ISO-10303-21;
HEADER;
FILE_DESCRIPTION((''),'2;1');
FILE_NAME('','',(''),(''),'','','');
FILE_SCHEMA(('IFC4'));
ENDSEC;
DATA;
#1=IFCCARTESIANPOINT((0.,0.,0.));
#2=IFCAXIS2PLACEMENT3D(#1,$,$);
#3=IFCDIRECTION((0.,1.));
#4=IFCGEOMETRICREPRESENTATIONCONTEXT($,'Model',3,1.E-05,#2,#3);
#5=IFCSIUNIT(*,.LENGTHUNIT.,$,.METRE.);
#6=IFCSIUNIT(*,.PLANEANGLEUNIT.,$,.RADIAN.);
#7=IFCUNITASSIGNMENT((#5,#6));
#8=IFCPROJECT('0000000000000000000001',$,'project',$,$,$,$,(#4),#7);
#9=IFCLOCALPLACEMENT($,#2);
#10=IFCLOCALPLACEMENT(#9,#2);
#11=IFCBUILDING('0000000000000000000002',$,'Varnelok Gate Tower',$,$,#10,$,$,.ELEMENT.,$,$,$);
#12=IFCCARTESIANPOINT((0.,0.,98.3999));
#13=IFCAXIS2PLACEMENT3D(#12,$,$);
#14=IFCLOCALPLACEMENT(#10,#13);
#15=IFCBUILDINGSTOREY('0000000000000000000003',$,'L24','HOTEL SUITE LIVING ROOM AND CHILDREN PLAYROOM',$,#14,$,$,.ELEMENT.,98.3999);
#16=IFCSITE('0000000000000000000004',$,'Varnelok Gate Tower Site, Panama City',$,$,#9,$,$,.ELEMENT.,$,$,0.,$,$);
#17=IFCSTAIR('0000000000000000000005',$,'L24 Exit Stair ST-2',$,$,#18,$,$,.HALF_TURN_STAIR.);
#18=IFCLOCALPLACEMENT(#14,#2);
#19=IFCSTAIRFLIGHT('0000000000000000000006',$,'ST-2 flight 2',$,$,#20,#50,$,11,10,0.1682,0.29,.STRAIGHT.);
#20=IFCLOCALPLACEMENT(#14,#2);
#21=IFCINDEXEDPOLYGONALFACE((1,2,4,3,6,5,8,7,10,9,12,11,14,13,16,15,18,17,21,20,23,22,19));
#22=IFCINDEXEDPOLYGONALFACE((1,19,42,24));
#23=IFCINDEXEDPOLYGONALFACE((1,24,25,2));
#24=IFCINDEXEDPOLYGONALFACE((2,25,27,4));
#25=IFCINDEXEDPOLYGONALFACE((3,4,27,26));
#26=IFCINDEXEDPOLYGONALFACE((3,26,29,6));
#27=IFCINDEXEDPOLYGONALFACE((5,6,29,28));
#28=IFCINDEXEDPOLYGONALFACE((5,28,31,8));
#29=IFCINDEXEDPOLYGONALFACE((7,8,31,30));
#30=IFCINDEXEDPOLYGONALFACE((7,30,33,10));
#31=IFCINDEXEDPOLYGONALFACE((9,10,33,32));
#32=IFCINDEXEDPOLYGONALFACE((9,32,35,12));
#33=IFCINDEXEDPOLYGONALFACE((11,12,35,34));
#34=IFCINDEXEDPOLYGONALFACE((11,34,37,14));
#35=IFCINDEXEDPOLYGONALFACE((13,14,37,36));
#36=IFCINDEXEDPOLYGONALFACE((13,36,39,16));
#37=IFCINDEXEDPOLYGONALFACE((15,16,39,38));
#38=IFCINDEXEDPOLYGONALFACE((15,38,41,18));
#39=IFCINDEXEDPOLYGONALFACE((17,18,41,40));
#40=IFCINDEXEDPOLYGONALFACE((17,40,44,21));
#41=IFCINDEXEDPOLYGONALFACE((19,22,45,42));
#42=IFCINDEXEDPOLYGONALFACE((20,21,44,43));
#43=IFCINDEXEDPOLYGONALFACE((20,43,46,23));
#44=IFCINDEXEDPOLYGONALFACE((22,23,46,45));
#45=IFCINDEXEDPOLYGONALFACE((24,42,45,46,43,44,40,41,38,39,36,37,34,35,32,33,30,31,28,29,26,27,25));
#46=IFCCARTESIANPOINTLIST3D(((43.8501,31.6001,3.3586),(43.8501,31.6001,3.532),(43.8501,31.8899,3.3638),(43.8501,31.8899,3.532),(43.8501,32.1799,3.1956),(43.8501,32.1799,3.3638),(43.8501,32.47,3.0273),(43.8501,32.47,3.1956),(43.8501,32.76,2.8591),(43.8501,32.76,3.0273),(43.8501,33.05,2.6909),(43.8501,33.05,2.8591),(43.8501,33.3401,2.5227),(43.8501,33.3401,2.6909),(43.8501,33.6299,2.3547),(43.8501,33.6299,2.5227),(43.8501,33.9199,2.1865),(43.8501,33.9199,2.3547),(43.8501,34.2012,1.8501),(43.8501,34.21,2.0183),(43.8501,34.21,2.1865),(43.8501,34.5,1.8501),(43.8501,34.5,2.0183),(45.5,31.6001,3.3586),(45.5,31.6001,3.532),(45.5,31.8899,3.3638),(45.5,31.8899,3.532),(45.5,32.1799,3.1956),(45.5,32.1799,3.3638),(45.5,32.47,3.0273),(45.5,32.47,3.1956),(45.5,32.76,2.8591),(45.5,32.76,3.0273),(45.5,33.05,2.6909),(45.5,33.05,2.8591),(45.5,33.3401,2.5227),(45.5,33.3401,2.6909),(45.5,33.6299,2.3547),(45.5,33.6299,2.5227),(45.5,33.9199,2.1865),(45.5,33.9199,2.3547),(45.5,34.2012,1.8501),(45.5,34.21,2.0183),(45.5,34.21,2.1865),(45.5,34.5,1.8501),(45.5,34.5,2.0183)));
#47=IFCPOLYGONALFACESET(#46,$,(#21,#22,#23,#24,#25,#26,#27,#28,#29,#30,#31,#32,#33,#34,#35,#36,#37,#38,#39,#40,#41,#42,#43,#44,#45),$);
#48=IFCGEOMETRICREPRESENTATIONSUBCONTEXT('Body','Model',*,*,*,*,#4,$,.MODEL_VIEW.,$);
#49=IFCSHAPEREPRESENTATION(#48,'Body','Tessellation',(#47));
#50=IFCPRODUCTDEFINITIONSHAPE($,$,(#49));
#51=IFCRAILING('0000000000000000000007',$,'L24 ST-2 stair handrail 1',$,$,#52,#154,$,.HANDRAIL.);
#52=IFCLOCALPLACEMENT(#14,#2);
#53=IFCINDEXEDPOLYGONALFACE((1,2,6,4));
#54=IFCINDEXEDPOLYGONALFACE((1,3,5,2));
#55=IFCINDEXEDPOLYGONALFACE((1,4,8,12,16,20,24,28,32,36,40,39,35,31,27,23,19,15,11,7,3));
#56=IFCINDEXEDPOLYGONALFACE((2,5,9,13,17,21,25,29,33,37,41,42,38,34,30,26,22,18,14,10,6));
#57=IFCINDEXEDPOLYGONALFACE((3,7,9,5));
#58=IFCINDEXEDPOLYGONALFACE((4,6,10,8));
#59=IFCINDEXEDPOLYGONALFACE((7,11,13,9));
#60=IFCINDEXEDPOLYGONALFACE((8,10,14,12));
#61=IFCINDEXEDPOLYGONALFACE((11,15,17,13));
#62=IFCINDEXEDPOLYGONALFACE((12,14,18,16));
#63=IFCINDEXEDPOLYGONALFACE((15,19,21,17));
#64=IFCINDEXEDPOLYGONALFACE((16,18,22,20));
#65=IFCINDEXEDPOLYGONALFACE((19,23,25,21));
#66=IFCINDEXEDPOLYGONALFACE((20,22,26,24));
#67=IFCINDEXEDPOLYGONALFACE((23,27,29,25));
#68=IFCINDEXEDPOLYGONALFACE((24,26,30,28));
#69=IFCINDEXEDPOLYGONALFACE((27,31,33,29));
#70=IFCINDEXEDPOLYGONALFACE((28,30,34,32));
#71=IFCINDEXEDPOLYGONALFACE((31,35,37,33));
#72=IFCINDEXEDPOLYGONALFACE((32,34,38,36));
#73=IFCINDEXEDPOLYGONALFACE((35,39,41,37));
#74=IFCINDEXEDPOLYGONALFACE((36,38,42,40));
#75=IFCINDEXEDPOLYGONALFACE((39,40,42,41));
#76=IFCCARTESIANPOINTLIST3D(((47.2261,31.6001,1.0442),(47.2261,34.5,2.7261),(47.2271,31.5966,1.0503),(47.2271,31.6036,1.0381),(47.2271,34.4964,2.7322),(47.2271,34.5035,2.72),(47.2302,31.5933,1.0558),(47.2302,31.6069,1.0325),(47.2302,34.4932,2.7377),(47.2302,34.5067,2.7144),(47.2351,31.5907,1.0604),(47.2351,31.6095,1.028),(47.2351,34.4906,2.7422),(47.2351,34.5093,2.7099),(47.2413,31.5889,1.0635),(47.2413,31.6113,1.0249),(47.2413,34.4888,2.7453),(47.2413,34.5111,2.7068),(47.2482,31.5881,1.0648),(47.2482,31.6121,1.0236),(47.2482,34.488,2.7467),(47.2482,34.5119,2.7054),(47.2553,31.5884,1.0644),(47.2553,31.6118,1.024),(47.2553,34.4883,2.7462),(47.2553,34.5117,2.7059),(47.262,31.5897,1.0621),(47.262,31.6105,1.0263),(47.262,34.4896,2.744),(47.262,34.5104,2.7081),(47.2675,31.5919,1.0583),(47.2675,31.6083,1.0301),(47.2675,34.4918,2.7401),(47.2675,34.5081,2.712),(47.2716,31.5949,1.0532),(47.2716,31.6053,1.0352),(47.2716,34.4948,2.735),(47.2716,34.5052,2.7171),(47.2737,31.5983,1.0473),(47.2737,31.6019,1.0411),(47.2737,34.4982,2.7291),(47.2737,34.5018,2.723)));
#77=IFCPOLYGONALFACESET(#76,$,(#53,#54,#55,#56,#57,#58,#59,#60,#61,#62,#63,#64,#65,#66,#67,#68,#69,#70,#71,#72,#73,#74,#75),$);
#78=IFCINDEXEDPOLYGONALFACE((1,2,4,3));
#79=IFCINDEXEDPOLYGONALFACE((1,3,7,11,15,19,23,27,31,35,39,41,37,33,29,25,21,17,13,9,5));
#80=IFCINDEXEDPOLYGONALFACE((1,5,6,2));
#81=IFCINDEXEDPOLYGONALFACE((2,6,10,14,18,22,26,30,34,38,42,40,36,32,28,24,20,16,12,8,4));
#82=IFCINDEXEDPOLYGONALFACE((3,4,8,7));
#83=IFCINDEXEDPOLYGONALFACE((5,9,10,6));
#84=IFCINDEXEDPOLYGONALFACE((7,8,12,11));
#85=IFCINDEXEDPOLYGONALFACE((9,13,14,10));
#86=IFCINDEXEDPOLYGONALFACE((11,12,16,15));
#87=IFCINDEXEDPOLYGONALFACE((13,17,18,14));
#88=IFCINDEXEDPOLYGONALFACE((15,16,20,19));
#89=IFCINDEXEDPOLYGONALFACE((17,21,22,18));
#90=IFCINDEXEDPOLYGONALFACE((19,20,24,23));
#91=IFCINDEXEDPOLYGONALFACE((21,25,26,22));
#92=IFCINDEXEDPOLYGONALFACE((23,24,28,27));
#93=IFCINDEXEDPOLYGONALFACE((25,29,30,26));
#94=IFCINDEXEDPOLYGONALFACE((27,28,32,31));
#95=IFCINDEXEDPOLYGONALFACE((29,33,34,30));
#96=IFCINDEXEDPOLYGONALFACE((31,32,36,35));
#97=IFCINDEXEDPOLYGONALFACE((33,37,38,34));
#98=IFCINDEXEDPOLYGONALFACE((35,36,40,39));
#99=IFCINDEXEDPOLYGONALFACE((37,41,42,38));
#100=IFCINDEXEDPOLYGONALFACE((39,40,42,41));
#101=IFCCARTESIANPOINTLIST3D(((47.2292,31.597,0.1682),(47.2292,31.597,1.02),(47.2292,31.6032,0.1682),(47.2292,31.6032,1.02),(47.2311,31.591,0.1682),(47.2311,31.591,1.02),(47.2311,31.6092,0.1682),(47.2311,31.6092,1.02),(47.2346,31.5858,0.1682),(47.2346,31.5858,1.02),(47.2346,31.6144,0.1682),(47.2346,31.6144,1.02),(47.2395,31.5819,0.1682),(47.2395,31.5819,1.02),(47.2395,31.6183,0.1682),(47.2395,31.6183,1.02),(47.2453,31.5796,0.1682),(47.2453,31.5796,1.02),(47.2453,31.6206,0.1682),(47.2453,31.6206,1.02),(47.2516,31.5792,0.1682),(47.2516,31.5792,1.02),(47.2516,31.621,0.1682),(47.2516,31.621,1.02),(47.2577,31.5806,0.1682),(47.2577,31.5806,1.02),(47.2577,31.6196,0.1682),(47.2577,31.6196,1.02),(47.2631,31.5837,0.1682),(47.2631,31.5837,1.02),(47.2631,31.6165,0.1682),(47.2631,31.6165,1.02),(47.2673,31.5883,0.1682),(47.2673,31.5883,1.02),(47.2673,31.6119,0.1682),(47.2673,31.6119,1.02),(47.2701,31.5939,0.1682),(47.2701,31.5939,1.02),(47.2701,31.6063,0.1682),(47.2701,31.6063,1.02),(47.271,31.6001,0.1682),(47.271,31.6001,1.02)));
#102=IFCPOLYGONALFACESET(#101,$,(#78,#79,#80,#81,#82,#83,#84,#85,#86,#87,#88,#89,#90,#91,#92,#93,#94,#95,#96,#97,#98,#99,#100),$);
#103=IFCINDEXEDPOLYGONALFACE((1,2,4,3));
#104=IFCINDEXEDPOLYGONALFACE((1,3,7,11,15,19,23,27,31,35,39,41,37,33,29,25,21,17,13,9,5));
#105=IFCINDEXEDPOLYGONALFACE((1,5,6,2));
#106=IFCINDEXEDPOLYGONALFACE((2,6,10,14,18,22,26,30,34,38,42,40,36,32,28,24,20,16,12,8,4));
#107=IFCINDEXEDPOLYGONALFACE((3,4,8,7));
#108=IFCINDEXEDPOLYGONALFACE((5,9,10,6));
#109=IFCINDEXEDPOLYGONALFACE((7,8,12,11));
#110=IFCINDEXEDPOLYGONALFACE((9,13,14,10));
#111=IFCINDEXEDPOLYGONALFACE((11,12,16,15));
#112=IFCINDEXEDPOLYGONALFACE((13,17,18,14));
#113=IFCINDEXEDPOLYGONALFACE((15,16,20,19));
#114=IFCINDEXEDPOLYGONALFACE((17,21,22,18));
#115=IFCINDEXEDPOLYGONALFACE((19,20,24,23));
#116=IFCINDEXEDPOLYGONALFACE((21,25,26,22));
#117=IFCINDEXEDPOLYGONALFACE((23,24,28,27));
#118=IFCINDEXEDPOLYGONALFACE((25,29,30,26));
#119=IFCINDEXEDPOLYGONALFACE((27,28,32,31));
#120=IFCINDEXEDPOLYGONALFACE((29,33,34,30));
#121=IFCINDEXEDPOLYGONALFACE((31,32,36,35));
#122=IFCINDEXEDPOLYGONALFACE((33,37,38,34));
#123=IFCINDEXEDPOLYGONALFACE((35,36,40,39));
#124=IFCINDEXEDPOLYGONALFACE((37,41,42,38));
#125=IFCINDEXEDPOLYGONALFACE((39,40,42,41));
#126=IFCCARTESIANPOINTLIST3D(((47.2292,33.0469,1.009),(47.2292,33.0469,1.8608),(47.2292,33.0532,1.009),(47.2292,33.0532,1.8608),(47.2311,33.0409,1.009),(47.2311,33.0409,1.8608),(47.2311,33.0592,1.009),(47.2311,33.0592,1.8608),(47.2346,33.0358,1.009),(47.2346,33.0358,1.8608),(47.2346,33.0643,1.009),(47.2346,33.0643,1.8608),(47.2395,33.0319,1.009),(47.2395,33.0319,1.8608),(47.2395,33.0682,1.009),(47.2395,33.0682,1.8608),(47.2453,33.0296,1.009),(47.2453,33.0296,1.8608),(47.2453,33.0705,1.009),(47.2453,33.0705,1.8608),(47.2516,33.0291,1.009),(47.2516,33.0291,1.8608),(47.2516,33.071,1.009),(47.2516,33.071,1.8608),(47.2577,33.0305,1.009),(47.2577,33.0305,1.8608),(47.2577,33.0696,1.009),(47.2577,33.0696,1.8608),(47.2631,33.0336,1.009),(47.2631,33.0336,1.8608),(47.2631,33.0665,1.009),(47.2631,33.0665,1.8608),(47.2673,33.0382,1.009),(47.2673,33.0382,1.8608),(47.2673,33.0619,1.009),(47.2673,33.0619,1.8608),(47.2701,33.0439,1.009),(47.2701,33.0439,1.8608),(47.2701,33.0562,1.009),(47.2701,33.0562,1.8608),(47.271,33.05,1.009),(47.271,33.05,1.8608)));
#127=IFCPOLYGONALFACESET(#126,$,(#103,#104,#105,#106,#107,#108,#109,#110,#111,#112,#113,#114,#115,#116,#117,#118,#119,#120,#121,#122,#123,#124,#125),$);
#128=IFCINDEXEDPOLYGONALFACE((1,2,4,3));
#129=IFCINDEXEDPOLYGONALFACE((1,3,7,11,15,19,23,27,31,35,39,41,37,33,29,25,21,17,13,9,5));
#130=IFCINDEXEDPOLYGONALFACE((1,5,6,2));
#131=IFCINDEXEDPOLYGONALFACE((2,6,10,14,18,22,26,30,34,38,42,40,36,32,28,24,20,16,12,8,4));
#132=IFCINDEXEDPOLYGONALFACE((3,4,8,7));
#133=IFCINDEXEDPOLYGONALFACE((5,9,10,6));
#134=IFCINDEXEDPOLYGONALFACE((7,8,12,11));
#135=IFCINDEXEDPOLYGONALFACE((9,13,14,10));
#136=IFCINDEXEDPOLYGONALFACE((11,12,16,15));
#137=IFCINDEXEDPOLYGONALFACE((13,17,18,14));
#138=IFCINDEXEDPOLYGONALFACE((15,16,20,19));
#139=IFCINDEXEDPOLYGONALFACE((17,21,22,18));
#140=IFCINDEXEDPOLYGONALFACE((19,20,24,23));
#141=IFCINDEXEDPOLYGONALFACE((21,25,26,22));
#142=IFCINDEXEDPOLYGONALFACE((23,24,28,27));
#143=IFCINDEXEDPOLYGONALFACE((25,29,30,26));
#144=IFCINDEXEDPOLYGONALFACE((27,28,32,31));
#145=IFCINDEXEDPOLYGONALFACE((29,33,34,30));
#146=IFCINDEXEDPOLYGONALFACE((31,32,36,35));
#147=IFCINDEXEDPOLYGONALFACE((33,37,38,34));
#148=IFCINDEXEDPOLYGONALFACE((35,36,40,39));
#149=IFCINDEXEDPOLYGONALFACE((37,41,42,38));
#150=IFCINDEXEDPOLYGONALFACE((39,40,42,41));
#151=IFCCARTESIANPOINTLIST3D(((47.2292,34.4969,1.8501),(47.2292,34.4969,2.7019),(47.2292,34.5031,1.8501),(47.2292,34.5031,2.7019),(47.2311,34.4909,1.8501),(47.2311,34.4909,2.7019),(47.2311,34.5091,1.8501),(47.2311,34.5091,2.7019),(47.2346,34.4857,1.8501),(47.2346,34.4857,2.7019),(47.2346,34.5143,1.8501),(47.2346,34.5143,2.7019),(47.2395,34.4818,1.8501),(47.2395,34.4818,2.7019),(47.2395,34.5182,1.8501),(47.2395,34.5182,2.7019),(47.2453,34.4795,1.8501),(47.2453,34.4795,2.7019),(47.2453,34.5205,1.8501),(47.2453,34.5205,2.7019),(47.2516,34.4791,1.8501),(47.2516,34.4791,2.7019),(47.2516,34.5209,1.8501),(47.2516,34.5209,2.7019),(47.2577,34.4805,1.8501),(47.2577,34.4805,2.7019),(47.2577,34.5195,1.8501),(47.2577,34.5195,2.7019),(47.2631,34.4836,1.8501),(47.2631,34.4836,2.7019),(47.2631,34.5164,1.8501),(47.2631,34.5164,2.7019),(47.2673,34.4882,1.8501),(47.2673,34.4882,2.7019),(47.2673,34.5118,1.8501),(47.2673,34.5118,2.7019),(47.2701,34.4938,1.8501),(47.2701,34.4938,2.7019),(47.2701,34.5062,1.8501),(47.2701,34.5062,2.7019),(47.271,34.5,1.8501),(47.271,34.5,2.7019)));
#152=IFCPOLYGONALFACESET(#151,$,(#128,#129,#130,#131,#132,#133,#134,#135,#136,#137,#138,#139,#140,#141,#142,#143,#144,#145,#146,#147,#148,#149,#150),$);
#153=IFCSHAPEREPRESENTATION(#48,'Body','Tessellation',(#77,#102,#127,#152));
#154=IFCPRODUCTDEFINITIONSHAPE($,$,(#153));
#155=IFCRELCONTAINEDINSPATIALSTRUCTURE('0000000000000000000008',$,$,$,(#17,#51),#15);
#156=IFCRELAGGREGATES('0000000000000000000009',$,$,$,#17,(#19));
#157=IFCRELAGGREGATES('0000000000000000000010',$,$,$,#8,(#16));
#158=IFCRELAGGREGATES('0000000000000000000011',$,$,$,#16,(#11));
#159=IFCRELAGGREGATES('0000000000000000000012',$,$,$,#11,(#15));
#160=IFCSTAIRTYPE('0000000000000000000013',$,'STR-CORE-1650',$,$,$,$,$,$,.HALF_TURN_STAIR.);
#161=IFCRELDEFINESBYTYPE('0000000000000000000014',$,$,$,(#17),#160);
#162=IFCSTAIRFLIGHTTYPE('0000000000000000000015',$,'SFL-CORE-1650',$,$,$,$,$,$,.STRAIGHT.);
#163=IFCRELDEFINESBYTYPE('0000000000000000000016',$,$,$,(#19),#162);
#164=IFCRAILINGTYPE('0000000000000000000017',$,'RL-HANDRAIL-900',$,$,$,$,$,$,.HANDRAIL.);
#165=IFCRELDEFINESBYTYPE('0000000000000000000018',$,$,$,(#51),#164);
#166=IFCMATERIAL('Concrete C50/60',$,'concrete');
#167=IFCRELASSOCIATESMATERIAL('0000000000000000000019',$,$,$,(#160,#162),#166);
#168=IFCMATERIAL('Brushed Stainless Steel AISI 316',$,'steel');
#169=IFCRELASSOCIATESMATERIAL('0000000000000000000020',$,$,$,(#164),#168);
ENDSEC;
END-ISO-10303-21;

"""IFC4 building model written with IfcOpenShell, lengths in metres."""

from ifc_helpers import new_model, si_unit, direction, frame, origin, origin_2d, place, context, subcontext, project, spatial, polyline, circle, outline, extrude, material, type_object, element, aggregate, save


model = new_model("IFC4")

# Units and contexts
model_context = context("Model", 3, precision=1e-05, world=origin(), true_north=direction((0.0, 1.0)))
body_context = subcontext(model_context, "Body", "Model", "MODEL_VIEW")
ifc_project = project(units=[si_unit("LENGTHUNIT", "METRE"), si_unit("PLANEANGLEUNIT", "RADIAN")], contexts=[model_context])

# Site, building, storey
site_placement = place(None, origin())
site = spatial("IfcSite", under=ifc_project, at=site_placement, Name="Varnelok Gate Tower Site, Panama City", CompositionType="ELEMENT", RefElevation=0.0)
building_placement = place(site_placement, origin())
building = spatial("IfcBuilding", under=site, at=building_placement, Name="Varnelok Gate Tower", CompositionType="ELEMENT")
storey_placement = place(building_placement, frame((0.0, 0.0, 98.3999)))
storey = spatial("IfcBuildingStorey", under=building, at=storey_placement, Name="L24", Description="HOTEL SUITE LIVING ROOM AND CHILDREN PLAYROOM", CompositionType="ELEMENT", Elevation=98.3999)

# Stair, stair flight
ifc_material_1 = material(Name="Concrete C50/60", Category="concrete")
stair_type = type_object("IfcStairType", Name="STR-CORE-1650", PredefinedType="HALF_TURN_STAIR", material=ifc_material_1)
stair_placement = place(storey_placement, origin())
stair = element("IfcStair", 1, at=stair_placement, inside=storey, type_object=stair_type, Name="L24 Exit Stair ST-2", PredefinedType="HALF_TURN_STAIR")
stair_flight_type = type_object("IfcStairFlightType", Name="SFL-CORE-1650", PredefinedType="STRAIGHT", material=ifc_material_1)
stair_flight_1_placement = place(storey_placement, frame((44.675, 34.5, 1.8501), z_axis=(0.0, 0.0, 1.0), x_axis=(0.0, -1.0, 0.0)))
stair_flight_1 = element("IfcStairFlight", 2, at=stair_flight_1_placement, type_object=stair_flight_type, Name="ST-2 flight 2", NumberOfRisers=11, NumberOfTreads=10, PredefinedType="STRAIGHT", RiserHeight=0.1682, TreadLength=0.29, context=body_context, shape_type="SweptSolid", body=[
    extrude(outline(polyline([(0.0, 0.0), (0.0, 0.1682), (0.29, 0.1682), (0.29, 0.3364), (0.5801, 0.3364), (0.5801, 0.5046), (0.8701, 0.5046), (0.8701, 0.6726), (1.1599, 0.6726), (1.1599, 0.8408), (1.45, 0.8408), (1.45, 1.009), (1.74, 1.009), (1.74, 1.1772), (2.03, 1.1772), (2.03, 1.3455), (2.3201, 1.3455), (2.3201, 1.5137), (2.6101, 1.5137), (2.6101, 1.6819), (2.8999, 1.6819), (2.8999, 1.8501), (2.8999, 1.5085), (0.2988, 0.0), (0.0, 0.0)])), frame((0.0, 0.825, 0.0), z_axis=(0.0, -1.0, 0.0), x_axis=(1.0, 0.0, 0.0)), (0.0, 0.0, 1.0), 1.6499),
])
aggregate(stair, [stair_flight_1])

# Railing
ifc_material_2 = material(Name="Brushed Stainless Steel AISI 316", Category="steel")
railing_type_1 = type_object("IfcRailingType", Name="RL-HANDRAIL-900", PredefinedType="HANDRAIL", material=ifc_material_2)
railing_1_placement = place(storey_placement, frame((47.25, 31.6001, 0.1682)))
element("IfcRailing", 3, at=railing_1_placement, inside=storey, type_object=railing_type_1, Name="L24 ST-2 stair handrail 1", PredefinedType="HANDRAIL", context=body_context, shape_type="SweptSolid", body=[
    extrude(circle(Radius=0.0239, at=origin_2d()), frame((0.0, 0.0, 0.876), z_axis=(0.0, 0.865039, 0.501705), x_axis=(-1.0, 0.0, 0.0)), (0.0, 0.0, 1.0), 3.3523),
    extrude(circle(Radius=0.021, at=origin_2d()), origin(), (0.0, 0.0, 1.0), 0.8518),
    extrude(circle(Radius=0.021, at=origin_2d()), frame((0.0, 1.45, 0.8408)), (0.0, 0.0, 1.0), 0.8518),
    extrude(circle(Radius=0.021, at=origin_2d()), frame((0.0, 2.8999, 1.6819)), (0.0, 0.0, 1.0), 0.8518),
])

save(model, "model.ifc")
